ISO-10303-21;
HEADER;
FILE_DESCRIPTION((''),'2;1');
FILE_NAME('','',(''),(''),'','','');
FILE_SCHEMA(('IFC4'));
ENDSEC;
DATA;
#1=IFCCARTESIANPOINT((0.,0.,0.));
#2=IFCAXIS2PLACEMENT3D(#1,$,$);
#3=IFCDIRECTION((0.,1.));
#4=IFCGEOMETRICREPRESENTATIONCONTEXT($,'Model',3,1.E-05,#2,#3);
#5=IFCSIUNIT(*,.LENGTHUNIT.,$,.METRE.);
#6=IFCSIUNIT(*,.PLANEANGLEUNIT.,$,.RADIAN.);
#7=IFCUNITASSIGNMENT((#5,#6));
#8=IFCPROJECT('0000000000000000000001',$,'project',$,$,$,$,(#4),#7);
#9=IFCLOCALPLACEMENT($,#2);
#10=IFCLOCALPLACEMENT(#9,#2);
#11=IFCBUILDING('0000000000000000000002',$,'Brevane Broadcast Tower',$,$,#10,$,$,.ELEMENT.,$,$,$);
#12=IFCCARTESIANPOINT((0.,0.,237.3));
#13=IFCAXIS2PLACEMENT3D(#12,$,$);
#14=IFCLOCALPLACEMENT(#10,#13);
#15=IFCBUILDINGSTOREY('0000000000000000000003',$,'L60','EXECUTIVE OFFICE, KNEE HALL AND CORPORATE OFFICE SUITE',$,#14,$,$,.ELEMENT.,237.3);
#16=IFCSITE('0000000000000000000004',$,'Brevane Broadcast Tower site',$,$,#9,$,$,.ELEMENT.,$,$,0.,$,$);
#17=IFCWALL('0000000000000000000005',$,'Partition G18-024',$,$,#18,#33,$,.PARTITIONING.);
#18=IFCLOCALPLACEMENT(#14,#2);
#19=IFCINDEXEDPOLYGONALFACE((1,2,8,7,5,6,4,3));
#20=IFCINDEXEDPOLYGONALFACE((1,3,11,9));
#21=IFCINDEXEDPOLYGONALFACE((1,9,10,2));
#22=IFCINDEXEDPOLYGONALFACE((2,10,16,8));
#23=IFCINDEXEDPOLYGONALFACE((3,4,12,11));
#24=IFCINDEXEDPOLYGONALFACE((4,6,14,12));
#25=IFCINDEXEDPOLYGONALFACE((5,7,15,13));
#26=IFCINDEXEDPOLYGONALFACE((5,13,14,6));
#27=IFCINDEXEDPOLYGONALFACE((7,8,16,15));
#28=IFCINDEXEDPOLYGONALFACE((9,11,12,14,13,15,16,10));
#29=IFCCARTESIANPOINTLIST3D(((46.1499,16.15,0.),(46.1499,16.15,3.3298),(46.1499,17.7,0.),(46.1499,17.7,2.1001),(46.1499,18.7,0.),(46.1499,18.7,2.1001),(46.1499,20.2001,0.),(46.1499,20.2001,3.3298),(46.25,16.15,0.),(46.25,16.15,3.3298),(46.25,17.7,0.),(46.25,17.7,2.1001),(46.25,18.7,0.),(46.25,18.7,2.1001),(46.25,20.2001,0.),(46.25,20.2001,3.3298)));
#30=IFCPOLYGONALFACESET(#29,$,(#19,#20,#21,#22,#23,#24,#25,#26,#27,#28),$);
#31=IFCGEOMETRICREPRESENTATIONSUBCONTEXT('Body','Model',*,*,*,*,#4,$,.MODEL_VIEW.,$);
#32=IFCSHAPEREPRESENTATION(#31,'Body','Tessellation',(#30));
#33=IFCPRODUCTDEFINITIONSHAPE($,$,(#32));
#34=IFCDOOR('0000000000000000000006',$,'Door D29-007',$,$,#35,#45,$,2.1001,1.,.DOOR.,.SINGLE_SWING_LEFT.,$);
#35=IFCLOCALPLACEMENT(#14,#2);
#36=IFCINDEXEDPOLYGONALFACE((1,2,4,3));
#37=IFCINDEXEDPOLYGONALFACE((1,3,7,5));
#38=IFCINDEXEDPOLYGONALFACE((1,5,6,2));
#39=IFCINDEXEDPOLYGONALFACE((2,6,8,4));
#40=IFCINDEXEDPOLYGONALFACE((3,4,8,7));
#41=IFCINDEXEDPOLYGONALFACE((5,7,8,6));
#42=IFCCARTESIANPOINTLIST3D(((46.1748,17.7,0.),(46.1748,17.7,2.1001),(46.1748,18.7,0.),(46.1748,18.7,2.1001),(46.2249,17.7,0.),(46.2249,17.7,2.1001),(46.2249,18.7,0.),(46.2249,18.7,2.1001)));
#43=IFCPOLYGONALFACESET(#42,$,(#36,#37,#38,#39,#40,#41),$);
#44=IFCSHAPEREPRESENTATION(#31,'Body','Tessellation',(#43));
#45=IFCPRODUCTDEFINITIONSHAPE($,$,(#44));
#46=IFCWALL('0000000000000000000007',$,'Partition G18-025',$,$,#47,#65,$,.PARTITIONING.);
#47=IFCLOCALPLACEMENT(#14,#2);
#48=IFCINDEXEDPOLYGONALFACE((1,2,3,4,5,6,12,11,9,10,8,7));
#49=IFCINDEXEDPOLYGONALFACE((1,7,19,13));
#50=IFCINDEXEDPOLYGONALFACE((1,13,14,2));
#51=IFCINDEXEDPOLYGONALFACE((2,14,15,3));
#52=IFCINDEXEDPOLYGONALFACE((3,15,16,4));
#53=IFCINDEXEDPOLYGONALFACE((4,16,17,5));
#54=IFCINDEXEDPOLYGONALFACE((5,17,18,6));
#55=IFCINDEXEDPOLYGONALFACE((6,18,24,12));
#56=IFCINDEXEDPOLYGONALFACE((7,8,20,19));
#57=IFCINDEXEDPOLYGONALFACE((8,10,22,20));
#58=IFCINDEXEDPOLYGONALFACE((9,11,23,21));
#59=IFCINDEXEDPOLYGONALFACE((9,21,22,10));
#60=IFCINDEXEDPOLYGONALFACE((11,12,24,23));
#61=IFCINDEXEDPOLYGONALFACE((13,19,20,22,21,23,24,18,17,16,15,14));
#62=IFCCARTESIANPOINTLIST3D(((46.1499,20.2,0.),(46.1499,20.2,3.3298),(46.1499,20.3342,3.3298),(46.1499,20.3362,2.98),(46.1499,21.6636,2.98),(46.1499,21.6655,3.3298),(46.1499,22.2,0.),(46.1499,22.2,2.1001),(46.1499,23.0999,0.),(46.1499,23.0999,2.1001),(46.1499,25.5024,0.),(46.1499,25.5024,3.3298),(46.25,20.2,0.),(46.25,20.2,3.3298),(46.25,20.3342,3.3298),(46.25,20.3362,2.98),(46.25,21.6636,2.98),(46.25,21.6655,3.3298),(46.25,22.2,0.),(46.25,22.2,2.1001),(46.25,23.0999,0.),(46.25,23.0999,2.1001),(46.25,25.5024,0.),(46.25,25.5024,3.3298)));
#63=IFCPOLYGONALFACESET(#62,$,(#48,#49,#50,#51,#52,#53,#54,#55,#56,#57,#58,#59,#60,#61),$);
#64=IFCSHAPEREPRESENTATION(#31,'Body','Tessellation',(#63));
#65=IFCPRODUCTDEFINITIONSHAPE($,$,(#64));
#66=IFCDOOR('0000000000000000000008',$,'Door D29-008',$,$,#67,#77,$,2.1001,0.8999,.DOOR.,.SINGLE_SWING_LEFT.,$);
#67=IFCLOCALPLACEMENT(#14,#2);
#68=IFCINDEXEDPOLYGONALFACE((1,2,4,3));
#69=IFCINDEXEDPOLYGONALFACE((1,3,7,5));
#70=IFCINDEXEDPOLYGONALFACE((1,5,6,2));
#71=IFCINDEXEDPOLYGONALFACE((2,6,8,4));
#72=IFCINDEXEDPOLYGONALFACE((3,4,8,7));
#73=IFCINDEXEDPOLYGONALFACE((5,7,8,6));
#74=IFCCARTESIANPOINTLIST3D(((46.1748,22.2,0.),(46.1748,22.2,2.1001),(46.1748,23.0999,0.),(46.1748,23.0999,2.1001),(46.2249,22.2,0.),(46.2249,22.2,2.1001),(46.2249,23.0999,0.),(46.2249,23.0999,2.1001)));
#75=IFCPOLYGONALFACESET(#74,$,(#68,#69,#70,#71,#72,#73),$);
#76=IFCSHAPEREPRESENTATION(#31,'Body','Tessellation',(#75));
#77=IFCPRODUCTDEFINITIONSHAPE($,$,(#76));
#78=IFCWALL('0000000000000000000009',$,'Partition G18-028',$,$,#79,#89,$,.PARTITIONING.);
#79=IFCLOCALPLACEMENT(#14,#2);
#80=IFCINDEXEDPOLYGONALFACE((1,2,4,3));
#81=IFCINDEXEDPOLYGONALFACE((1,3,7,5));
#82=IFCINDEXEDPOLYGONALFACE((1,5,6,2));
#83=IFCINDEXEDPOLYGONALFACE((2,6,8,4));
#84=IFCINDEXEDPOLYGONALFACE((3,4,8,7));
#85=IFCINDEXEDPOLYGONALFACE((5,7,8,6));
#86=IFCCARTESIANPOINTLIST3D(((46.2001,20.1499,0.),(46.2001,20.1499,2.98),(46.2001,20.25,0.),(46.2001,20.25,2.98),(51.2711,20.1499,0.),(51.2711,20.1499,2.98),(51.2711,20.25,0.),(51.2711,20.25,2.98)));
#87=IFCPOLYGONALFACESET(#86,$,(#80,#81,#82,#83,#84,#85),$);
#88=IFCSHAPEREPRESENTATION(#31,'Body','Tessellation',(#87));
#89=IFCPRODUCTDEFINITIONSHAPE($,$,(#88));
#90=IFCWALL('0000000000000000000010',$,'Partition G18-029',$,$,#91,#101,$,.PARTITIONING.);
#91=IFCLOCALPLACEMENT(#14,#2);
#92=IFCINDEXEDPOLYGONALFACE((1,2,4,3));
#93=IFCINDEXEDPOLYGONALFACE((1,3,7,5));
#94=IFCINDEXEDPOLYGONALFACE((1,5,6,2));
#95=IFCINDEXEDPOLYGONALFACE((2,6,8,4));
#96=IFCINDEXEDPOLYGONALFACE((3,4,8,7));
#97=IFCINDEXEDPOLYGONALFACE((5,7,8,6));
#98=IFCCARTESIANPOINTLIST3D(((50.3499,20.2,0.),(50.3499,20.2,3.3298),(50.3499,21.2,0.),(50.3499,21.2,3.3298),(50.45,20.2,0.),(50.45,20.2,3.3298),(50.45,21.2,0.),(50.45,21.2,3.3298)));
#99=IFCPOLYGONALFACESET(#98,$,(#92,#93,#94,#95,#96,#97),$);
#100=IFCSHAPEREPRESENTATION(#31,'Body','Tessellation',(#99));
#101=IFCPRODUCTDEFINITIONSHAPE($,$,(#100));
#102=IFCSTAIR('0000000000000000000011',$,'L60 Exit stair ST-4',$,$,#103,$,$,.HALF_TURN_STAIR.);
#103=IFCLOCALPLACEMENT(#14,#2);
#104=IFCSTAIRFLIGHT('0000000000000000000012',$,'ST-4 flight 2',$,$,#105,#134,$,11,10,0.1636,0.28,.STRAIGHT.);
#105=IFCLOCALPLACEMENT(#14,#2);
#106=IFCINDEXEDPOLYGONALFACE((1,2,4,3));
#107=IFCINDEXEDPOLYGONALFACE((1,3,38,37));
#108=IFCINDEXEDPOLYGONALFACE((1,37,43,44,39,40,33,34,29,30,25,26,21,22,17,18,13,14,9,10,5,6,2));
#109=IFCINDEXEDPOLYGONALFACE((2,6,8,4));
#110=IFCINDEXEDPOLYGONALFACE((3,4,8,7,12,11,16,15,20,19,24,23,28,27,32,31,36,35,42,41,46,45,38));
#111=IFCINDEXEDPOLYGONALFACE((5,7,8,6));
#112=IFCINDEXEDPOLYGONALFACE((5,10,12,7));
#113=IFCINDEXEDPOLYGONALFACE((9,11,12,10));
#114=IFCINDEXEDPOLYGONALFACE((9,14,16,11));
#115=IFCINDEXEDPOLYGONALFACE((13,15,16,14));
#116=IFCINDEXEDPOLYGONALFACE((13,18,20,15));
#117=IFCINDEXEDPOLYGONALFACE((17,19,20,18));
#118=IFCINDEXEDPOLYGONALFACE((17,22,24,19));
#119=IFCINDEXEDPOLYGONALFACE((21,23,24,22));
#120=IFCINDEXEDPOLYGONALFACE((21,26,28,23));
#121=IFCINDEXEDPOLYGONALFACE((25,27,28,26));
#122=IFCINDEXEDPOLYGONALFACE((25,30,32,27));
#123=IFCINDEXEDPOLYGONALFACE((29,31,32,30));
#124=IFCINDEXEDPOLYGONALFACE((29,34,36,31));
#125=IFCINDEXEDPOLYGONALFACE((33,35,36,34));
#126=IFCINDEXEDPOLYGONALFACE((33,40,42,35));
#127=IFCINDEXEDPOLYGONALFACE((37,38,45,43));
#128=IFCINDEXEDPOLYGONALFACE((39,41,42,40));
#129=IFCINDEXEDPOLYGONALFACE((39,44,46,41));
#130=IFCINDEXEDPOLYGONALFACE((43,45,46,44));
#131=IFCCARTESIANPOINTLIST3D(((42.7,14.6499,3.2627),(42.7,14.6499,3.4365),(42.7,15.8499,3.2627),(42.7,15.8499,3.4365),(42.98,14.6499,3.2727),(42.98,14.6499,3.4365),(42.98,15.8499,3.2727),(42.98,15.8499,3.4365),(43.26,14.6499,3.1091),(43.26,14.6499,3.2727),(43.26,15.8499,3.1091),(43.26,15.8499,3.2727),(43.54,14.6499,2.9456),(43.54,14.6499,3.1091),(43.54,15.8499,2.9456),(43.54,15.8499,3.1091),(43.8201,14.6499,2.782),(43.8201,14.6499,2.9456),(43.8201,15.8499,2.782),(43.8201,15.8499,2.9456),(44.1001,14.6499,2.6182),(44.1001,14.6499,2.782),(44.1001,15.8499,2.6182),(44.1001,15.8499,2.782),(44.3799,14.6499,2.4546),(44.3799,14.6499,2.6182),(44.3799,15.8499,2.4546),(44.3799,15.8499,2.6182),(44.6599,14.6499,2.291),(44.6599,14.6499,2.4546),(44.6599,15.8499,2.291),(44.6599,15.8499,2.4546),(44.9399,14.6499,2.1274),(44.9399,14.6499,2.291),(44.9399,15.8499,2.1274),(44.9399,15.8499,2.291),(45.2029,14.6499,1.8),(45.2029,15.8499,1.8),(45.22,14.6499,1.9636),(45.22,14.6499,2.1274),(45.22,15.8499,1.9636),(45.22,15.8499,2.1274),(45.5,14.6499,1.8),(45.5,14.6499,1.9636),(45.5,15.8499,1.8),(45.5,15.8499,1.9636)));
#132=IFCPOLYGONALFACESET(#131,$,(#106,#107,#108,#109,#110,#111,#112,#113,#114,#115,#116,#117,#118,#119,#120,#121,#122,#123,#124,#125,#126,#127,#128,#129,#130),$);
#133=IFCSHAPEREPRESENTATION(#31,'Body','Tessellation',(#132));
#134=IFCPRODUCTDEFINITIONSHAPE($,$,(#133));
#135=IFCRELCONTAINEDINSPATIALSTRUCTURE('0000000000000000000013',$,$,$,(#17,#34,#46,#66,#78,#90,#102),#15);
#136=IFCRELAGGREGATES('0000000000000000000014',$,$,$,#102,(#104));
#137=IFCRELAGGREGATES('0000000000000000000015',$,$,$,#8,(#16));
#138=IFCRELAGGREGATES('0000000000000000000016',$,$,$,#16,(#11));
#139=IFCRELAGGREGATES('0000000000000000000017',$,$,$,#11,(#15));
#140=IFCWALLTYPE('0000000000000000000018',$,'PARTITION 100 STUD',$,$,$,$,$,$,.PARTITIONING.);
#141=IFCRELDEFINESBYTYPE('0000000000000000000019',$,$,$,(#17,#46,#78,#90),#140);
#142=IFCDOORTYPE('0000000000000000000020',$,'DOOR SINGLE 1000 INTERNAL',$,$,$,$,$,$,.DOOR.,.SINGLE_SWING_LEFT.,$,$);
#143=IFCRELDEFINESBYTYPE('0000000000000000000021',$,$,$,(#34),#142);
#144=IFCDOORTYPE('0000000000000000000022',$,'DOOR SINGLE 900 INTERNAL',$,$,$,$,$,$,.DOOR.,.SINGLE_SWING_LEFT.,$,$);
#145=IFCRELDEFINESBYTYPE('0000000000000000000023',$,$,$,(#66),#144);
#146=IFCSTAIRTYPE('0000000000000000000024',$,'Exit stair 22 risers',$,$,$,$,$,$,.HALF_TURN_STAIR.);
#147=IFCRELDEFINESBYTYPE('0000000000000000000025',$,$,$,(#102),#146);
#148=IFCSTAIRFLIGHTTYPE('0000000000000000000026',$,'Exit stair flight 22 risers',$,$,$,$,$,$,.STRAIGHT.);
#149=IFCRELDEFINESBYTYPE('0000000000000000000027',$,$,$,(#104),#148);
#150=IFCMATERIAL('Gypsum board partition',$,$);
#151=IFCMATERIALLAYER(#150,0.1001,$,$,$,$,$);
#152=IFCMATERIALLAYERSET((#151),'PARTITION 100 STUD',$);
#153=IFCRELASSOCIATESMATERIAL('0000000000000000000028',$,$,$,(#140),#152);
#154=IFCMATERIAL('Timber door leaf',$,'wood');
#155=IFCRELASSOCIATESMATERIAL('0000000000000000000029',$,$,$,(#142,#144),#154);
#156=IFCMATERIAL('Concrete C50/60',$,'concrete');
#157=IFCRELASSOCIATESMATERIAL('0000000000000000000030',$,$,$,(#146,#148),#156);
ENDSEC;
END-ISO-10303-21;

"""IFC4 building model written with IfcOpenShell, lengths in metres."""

from ifc_helpers import new_model, si_unit, direction, frame, frame_2d, origin, place, context, subcontext, project, spatial, polyline, rectangle, outline, extrude, material, layer, layer_set, type_object, element, fill, aggregate, save


model = new_model("IFC4")

# Units and contexts
model_context = context("Model", 3, precision=1e-05, world=origin(), true_north=direction((0.0, 1.0)))
body_context = subcontext(model_context, "Body", "Model", "MODEL_VIEW")
ifc_project = project(units=[si_unit("LENGTHUNIT", "METRE"), si_unit("PLANEANGLEUNIT", "RADIAN")], contexts=[model_context])

# Site, building, storey
site_placement = place(None, origin())
site = spatial("IfcSite", under=ifc_project, at=site_placement, Name="Brevane Broadcast Tower site", CompositionType="ELEMENT", RefElevation=0.0)
building_placement = place(site_placement, origin())
building = spatial("IfcBuilding", under=site, at=building_placement, Name="Brevane Broadcast Tower", CompositionType="ELEMENT")
storey_placement = place(building_placement, frame((0.0, 0.0, 237.3)))
storey = spatial("IfcBuildingStorey", under=building, at=storey_placement, Name="L60", Description="EXECUTIVE OFFICE, KNEE HALL AND CORPORATE OFFICE SUITE", CompositionType="ELEMENT", Elevation=237.3)

# Shared definitions
ifc_material_1 = material(Name="Concrete C50/60", Category="concrete")

# Walls, openings, doors
ifc_material_2 = material(Name="Gypsum board partition")
ifc_layer = layer(ifc_material_2, 0.1001)
ifc_layer_set = layer_set([ifc_layer], Name="PARTITION 100 STUD")
wall_type = type_object("IfcWallType", Name="PARTITION 100 STUD", PredefinedType="PARTITIONING", material=ifc_layer_set)
wall_1_placement = place(storey_placement, frame((46.2, 20.2, 0.0), z_axis=(0.0, 0.0, 1.0), x_axis=(0.0, -1.0, 0.0)))
wall_1 = element("IfcWall", 1, at=wall_1_placement, inside=storey, type_object=wall_type, Name="Partition G18-024", PredefinedType="PARTITIONING", context=body_context, shape_type="SweptSolid", body=[
    extrude(rectangle(XDim=4.05, YDim=0.1001, at=frame_2d((2.0249, 0.0))), origin(), (0.0, 0.0, 1.0), 3.3298),
])
opening_1_placement = place(wall_1_placement, frame((1.5, 0.0, 0.0)))
opening_1 = element("IfcOpeningElement", 2, at=opening_1_placement, cuts=wall_1, PredefinedType="OPENING", context=body_context, shape_type="SweptSolid", body=[
    extrude(rectangle(XDim=1.0, YDim=2.1001, at=frame_2d((0.5, 1.05))), frame((0.0, 0.0601, 0.0), z_axis=(0.0, -1.0, 0.0), x_axis=(1.0, 0.0, 0.0)), (0.0, 0.0, 1.0), 0.1201),
])
ifc_material_3 = material(Name="Timber door leaf", Category="wood")
door_type_1 = type_object("IfcDoorType", Name="DOOR SINGLE 1000 INTERNAL", OperationType="SINGLE_SWING_LEFT", PredefinedType="DOOR", material=ifc_material_3)
door_1_placement = place(opening_1_placement, origin())
door_1 = element("IfcDoor", 3, at=door_1_placement, inside=storey, type_object=door_type_1, Name="Door D29-007", OperationType="SINGLE_SWING_LEFT", OverallHeight=2.1001, OverallWidth=1.0, PredefinedType="DOOR", context=body_context, shape_type="SweptSolid", body=[
    extrude(rectangle(XDim=1.0, YDim=2.1001, at=frame_2d((0.5, 1.05))), frame((0.0, 0.0249, 0.0), z_axis=(0.0, -1.0, 0.0), x_axis=(1.0, 0.0, 0.0)), (0.0, 0.0, 1.0), 0.05),
])
fill(opening_1, door_1)
wall_2_placement = place(storey_placement, frame((46.2, 25.5024, 0.0), z_axis=(0.0, 0.0, 1.0), x_axis=(0.0, -1.0, 0.0)))
wall_2 = element("IfcWall", 4, at=wall_2_placement, inside=storey, type_object=wall_type, Name="Partition G18-025", PredefinedType="PARTITIONING", context=body_context, shape_type="SweptSolid", body=[
    extrude(outline(polyline([(0.0, 0.0), (5.3025, 0.0), (5.3025, 3.3298), (5.1682, 3.3298), (5.1663, 2.98), (3.8389, 2.98), (3.8369, 3.3298), (0.1025, 3.3298), (0.0, 3.3298), (0.0, 0.0)])), frame((0.0, 0.05, 0.0), z_axis=(0.0, -1.0, 0.0), x_axis=(1.0, 0.0, 0.0)), (0.0, 0.0, 1.0), 0.1001),
])
opening_2_placement = place(wall_2_placement, frame((2.4026, 0.0, 0.0)))
opening_2 = element("IfcOpeningElement", 5, at=opening_2_placement, cuts=wall_2, PredefinedType="OPENING", context=body_context, shape_type="SweptSolid", body=[
    extrude(rectangle(XDim=0.8999, YDim=2.1001, at=frame_2d((0.45, 1.05))), frame((0.0, 0.0601, 0.0), z_axis=(0.0, -1.0, 0.0), x_axis=(1.0, 0.0, 0.0)), (0.0, 0.0, 1.0), 0.1201),
])
door_type_2 = type_object("IfcDoorType", Name="DOOR SINGLE 900 INTERNAL", OperationType="SINGLE_SWING_LEFT", PredefinedType="DOOR", material=ifc_material_3)
door_2_placement = place(opening_2_placement, origin())
door_2 = element("IfcDoor", 6, at=door_2_placement, inside=storey, type_object=door_type_2, Name="Door D29-008", OperationType="SINGLE_SWING_LEFT", OverallHeight=2.1001, OverallWidth=0.8999, PredefinedType="DOOR", context=body_context, shape_type="SweptSolid", body=[
    extrude(rectangle(XDim=0.8999, YDim=2.1001, at=frame_2d((0.45, 1.05))), frame((0.0, 0.0249, 0.0), z_axis=(0.0, -1.0, 0.0), x_axis=(1.0, 0.0, 0.0)), (0.0, 0.0, 1.0), 0.05),
])
fill(opening_2, door_2)

# Walls
wall_3_placement = place(storey_placement, frame((46.2, 20.2, 0.0), z_axis=(0.0, 0.0, 1.0), x_axis=(1.0, 0.0, 0.0)))
element("IfcWall", 7, at=wall_3_placement, inside=storey, type_object=wall_type, Name="Partition G18-028", PredefinedType="PARTITIONING", context=body_context, shape_type="SweptSolid", body=[
    extrude(rectangle(XDim=5.071, YDim=0.1001, at=frame_2d((2.5356, 0.0))), origin(), (0.0, 0.0, 1.0), 2.98),
])
wall_4_placement = place(storey_placement, frame((50.3999, 20.2, 0.0), z_axis=(0.0, 0.0, 1.0), x_axis=(0.0, 1.0, 0.0)))
element("IfcWall", 8, at=wall_4_placement, inside=storey, type_object=wall_type, Name="Partition G18-029", PredefinedType="PARTITIONING", context=body_context, shape_type="SweptSolid", body=[
    extrude(rectangle(XDim=1.0, YDim=0.1001, at=frame_2d((0.5, 0.0))), origin(), (0.0, 0.0, 1.0), 3.3298),
])

# Stair, stair flight
stair_type = type_object("IfcStairType", Name="Exit stair 22 risers", PredefinedType="HALF_TURN_STAIR", material=ifc_material_1)
stair_placement = place(storey_placement, origin())
stair = element("IfcStair", 9, at=stair_placement, inside=storey, type_object=stair_type, Name="L60 Exit stair ST-4", PredefinedType="HALF_TURN_STAIR")
stair_flight_type = type_object("IfcStairFlightType", Name="Exit stair flight 22 risers", PredefinedType="STRAIGHT", material=ifc_material_1)
stair_flight_placement = place(storey_placement, frame((45.5, 15.25, 1.8), z_axis=(0.0, 0.0, 1.0), x_axis=(-1.0, 0.0, 0.0)))
stair_flight = element("IfcStairFlight", 10, at=stair_flight_placement, type_object=stair_flight_type, Name="ST-4 flight 2", NumberOfRisers=11, NumberOfTreads=10, PredefinedType="STRAIGHT", RiserHeight=0.1636, TreadLength=0.28, context=body_context, shape_type="SweptSolid", body=[
    extrude(outline(polyline([(0.0, 0.0), (0.0, 0.1636), (0.28, 0.1636), (0.28, 0.3274), (0.5601, 0.3274), (0.5601, 0.491), (0.8401, 0.491), (0.8401, 0.6545), (1.1201, 0.6545), (1.1201, 0.8181), (1.3999, 0.8181), (1.3999, 0.9819), (1.6799, 0.9819), (1.6799, 1.1455), (1.96, 1.1455), (1.96, 1.3091), (2.24, 1.3091), (2.24, 1.4727), (2.52, 1.4727), (2.52, 1.6365), (2.8, 1.6365), (2.8, 1.8), (2.8, 1.4626), (0.2971, 0.0), (0.0, 0.0)])), frame((0.0, 0.6001, 0.0), z_axis=(0.0, -1.0, 0.0), x_axis=(1.0, 0.0, 0.0)), (0.0, 0.0, 1.0), 1.2),
])
aggregate(stair, [stair_flight])

save(model, "model.ifc")
